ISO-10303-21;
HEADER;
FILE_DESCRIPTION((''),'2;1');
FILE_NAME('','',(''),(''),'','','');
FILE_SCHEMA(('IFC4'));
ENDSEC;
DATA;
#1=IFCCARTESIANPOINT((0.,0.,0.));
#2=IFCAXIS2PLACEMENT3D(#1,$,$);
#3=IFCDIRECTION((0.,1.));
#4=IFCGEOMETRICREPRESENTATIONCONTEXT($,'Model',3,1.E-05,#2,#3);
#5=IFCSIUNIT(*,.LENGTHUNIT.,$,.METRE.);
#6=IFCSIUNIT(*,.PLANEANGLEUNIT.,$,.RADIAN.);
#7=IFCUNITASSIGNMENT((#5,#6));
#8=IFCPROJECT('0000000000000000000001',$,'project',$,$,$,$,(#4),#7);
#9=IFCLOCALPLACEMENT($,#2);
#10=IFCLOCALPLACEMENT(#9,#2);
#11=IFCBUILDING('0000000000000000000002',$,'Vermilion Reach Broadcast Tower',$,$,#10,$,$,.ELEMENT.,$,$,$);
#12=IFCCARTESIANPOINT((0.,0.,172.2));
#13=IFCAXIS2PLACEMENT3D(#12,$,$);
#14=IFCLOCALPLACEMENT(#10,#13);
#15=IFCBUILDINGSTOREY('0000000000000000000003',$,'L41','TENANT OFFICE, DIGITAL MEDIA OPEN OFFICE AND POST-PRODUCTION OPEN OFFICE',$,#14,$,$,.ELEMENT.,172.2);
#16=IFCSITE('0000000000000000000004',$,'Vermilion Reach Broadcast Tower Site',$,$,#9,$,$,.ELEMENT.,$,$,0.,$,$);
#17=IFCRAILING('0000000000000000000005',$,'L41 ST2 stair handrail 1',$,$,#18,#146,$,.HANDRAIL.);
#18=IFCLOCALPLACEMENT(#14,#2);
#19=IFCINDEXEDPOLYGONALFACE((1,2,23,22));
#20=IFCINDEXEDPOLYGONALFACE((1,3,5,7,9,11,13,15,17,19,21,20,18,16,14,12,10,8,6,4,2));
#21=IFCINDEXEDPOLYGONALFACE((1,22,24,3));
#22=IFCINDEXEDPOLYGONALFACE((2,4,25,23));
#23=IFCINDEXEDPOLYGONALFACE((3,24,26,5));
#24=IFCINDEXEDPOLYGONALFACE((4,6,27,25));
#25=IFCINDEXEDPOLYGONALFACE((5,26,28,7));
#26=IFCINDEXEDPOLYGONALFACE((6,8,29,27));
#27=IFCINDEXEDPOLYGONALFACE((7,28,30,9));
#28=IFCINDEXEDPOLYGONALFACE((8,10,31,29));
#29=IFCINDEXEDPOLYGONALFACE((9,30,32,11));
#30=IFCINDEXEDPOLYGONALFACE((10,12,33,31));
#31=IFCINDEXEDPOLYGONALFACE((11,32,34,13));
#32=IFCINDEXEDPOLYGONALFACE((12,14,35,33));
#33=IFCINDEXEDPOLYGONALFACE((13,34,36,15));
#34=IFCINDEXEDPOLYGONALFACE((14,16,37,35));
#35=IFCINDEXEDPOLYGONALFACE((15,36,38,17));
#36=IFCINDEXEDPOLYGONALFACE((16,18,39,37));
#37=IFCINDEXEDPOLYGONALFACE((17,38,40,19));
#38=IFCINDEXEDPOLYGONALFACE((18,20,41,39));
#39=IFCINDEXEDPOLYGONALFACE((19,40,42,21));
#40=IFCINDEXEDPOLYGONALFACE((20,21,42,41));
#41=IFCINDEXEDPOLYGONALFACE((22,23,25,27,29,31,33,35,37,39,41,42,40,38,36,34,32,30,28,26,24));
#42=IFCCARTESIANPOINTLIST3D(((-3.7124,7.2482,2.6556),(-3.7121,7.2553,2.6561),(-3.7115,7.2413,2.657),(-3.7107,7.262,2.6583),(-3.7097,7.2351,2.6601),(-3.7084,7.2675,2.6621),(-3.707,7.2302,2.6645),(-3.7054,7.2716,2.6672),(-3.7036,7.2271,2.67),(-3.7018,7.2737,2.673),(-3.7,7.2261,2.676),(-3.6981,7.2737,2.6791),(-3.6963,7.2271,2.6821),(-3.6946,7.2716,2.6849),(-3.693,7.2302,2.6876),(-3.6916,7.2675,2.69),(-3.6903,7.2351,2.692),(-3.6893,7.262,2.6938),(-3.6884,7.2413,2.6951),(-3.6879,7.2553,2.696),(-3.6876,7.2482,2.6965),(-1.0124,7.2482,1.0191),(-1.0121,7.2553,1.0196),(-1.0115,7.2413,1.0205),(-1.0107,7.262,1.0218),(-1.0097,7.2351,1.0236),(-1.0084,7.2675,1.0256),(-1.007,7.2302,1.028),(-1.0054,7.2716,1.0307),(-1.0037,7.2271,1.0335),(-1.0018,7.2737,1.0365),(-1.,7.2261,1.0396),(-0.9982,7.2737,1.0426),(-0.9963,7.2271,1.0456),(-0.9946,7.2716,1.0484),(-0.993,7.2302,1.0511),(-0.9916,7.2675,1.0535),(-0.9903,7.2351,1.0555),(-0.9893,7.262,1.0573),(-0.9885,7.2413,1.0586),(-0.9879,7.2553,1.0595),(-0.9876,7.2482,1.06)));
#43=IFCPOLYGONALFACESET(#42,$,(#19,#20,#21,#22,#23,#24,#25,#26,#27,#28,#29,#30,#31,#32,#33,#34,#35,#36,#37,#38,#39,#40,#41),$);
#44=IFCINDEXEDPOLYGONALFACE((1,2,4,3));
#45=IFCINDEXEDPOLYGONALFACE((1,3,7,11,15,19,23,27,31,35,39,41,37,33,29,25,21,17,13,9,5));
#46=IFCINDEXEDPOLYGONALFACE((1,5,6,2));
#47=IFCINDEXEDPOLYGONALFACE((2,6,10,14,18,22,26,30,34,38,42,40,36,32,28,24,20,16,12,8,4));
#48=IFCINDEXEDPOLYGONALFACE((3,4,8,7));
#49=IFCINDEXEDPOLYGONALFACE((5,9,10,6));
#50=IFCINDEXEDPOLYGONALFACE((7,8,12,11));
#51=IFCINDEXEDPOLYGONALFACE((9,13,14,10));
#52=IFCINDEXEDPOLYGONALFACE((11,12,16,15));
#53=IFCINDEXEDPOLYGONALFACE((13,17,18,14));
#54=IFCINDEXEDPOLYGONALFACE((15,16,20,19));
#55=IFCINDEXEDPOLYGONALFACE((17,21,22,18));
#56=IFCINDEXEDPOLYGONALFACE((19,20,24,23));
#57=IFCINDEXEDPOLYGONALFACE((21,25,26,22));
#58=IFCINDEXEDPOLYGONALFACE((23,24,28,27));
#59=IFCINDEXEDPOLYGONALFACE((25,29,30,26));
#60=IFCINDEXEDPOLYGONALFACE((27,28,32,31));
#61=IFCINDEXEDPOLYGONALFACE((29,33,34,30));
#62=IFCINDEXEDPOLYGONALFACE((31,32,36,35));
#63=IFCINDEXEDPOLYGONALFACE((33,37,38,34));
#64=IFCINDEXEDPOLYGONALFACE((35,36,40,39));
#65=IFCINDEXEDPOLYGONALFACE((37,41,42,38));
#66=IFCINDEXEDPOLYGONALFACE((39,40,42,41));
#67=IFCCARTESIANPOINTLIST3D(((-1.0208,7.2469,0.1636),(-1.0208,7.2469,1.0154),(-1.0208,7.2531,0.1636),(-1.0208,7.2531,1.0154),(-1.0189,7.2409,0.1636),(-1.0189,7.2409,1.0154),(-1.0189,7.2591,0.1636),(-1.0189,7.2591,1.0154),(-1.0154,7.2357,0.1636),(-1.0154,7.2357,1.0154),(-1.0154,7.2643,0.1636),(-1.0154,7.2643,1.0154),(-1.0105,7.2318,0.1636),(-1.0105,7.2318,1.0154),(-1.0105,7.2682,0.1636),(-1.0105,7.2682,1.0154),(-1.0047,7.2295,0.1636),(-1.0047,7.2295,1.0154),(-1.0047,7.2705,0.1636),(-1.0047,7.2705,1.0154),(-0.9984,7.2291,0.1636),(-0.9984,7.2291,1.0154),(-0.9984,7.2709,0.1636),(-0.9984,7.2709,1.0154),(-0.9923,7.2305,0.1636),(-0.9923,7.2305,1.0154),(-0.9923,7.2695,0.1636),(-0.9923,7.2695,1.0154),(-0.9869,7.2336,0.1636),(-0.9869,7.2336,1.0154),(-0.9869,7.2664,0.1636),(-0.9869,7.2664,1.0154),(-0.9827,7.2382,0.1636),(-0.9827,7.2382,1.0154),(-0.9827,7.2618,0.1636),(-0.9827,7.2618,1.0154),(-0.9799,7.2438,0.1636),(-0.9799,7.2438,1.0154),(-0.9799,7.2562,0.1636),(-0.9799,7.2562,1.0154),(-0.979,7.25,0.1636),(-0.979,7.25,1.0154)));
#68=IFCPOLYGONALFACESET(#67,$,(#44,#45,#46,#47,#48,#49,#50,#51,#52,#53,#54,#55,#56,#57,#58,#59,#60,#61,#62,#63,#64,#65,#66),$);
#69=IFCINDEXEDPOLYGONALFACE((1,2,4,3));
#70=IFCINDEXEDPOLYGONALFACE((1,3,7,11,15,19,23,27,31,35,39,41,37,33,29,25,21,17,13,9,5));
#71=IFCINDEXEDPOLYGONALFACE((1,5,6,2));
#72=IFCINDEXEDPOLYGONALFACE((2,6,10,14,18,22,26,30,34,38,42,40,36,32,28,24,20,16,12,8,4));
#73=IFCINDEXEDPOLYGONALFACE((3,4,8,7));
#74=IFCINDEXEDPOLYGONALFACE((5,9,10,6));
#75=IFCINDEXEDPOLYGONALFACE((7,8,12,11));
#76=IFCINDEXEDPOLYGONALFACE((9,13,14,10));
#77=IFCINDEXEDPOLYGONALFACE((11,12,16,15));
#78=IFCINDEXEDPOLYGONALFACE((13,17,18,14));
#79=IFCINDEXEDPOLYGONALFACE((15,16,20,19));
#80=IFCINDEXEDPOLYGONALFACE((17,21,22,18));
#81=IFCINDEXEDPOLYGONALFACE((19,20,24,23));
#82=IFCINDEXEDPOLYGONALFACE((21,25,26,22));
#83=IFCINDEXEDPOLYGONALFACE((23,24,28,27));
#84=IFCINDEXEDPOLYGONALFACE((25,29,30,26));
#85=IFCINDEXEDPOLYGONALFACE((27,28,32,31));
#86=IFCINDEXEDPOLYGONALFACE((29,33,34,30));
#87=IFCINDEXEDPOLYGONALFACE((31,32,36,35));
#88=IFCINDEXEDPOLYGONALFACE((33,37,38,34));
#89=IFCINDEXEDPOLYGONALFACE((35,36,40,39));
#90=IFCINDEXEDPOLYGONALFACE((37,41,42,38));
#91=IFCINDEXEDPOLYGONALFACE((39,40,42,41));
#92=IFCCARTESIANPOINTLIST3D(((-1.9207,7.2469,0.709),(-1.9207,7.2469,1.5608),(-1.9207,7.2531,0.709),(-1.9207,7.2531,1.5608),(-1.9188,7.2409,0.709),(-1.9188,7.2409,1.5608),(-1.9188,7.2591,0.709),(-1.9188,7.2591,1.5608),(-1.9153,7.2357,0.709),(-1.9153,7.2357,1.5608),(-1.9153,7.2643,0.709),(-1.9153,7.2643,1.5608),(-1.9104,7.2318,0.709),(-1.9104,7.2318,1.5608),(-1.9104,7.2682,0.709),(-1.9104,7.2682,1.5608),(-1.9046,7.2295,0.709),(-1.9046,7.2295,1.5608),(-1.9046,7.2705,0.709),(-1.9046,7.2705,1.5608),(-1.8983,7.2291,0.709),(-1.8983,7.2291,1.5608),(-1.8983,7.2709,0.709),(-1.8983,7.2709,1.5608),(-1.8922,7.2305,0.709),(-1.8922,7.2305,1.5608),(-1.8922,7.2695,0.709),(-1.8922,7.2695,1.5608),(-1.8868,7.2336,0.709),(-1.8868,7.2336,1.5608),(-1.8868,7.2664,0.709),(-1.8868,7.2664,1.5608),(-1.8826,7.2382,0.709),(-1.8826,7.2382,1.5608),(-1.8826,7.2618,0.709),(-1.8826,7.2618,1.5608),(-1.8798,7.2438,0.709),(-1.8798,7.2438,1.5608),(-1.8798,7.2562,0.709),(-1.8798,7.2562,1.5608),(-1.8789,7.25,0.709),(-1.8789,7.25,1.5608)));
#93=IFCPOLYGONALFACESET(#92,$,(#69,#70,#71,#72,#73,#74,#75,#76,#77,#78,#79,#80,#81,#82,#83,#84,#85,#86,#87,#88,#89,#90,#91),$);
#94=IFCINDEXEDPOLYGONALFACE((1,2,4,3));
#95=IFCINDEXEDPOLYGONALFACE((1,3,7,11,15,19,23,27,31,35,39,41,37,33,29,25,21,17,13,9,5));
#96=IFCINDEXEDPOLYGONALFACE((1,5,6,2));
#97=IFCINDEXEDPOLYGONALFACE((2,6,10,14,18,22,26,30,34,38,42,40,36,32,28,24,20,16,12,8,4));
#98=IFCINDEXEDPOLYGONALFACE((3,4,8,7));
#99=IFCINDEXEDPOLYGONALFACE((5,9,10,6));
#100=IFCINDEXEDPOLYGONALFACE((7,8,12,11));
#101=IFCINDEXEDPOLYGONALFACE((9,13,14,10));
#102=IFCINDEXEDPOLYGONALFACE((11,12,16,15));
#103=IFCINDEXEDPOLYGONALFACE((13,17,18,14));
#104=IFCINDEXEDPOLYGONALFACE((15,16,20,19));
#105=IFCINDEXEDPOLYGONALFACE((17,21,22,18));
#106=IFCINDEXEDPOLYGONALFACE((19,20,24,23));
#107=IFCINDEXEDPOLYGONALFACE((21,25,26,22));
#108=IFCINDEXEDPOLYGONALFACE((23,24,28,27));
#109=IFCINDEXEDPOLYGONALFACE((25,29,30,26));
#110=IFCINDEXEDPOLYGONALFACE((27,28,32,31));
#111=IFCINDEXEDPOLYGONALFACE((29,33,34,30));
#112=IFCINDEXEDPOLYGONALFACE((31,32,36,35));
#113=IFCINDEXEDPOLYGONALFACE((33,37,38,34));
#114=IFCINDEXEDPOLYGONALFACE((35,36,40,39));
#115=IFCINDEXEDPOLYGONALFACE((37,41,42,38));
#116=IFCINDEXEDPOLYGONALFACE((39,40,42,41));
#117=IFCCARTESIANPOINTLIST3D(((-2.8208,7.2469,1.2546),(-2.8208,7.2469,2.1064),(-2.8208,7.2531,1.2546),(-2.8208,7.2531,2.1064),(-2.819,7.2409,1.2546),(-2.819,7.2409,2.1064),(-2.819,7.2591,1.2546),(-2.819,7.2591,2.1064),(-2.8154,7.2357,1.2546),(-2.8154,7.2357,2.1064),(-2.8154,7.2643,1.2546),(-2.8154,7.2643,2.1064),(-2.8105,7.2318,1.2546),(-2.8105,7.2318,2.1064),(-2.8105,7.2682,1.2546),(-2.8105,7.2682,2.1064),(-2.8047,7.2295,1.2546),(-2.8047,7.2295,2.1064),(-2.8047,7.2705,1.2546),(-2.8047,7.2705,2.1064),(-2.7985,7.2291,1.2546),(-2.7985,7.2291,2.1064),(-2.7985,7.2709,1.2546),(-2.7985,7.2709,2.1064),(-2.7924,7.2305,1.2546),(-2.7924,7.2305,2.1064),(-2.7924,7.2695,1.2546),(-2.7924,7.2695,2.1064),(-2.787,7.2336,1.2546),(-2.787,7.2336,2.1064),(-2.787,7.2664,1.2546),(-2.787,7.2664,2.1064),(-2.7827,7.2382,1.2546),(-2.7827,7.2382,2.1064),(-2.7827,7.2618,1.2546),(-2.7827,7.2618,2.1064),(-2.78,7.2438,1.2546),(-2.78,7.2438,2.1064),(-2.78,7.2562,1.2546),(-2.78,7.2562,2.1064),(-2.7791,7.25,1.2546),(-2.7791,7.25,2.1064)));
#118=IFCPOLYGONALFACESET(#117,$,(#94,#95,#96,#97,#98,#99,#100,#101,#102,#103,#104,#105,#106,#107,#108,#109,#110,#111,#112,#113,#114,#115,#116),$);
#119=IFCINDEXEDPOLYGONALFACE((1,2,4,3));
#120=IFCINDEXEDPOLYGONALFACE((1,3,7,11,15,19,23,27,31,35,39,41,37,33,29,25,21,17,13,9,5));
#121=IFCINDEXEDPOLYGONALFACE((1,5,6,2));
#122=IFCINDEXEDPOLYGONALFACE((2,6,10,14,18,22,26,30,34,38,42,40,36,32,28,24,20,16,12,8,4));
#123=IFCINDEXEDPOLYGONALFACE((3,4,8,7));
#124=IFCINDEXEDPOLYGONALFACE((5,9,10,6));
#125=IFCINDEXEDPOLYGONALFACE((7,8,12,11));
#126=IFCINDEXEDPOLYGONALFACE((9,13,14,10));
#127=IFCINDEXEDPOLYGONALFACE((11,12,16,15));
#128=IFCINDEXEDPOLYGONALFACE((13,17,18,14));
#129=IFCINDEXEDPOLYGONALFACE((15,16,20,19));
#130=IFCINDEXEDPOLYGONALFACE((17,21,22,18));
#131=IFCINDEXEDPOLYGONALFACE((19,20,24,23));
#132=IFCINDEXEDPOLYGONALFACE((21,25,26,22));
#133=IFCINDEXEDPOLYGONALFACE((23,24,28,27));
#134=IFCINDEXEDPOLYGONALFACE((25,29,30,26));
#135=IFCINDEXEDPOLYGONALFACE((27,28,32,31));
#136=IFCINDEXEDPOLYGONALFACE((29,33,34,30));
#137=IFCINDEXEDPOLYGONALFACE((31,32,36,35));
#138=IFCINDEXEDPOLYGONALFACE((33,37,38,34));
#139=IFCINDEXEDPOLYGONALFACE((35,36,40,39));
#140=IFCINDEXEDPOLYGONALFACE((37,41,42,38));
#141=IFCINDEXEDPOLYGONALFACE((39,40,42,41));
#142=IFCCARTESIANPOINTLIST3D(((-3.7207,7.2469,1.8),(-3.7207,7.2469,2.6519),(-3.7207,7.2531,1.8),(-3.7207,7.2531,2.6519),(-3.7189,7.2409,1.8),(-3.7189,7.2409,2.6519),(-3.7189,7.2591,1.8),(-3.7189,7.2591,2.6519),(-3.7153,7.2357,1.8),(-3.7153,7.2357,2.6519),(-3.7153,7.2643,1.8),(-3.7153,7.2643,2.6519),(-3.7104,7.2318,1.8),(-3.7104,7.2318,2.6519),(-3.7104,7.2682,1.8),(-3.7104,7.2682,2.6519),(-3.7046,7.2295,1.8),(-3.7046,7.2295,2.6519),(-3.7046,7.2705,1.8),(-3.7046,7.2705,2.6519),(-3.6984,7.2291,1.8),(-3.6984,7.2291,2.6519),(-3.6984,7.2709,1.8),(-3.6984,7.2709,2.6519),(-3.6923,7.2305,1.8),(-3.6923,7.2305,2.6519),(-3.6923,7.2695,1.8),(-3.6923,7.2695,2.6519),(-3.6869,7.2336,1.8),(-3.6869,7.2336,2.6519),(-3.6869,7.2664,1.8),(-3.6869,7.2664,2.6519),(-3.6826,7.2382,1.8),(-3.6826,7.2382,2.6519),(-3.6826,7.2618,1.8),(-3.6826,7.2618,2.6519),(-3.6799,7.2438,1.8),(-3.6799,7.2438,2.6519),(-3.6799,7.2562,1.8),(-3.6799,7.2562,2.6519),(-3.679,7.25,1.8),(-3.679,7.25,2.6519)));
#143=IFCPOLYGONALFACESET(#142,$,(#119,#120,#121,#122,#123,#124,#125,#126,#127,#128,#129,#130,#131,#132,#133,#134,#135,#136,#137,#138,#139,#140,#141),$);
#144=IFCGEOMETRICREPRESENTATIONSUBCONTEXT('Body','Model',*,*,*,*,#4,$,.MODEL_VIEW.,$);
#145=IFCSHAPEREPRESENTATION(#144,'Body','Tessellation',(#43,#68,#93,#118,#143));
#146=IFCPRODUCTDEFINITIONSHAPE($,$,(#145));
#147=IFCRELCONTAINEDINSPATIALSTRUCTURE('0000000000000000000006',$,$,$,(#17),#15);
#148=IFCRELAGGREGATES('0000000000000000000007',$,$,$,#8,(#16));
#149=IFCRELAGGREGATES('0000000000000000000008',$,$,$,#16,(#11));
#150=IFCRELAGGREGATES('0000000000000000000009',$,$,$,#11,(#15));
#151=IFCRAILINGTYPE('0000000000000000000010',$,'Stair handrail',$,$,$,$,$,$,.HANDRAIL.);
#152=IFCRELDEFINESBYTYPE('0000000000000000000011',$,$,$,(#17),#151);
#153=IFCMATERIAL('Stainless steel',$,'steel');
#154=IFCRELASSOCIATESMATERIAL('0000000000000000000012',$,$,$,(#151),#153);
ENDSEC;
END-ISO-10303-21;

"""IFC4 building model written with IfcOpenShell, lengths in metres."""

from ifc_helpers import new_model, si_unit, direction, frame, origin, origin_2d, place, context, subcontext, project, spatial, circle, extrude, material, type_object, element, save


model = new_model("IFC4")

# Units and contexts
model_context = context("Model", 3, precision=1e-05, world=origin(), true_north=direction((0.0, 1.0)))
body_context = subcontext(model_context, "Body", "Model", "MODEL_VIEW")
ifc_project = project(units=[si_unit("LENGTHUNIT", "METRE"), si_unit("PLANEANGLEUNIT", "RADIAN")], contexts=[model_context])

# Site, building, storey
site_placement = place(None, origin())
site = spatial("IfcSite", under=ifc_project, at=site_placement, Name="Vermilion Reach Broadcast Tower Site", CompositionType="ELEMENT", RefElevation=0.0)
building_placement = place(site_placement, origin())
building = spatial("IfcBuilding", under=site, at=building_placement, Name="Vermilion Reach Broadcast Tower", CompositionType="ELEMENT")
storey_placement = place(building_placement, frame((0.0, 0.0, 172.2)))
storey = spatial("IfcBuildingStorey", under=building, at=storey_placement, Name="L41", Description="TENANT OFFICE, DIGITAL MEDIA OPEN OFFICE AND POST-PRODUCTION OPEN OFFICE", CompositionType="ELEMENT", Elevation=172.2)

# Railing
ifc_material_1 = material(Name="Stainless steel", Category="steel")
railing_type_1 = type_object("IfcRailingType", Name="Stair handrail", PredefinedType="HANDRAIL", material=ifc_material_1)
railing_1_placement = place(storey_placement, frame((-1.0, 7.25, 0.1636)))
element("IfcRailing", 1, at=railing_1_placement, inside=storey, type_object=railing_type_1, Name="L41 ST2 stair handrail 1", PredefinedType="HANDRAIL", context=body_context, shape_type="SweptSolid", body=[
    extrude(circle(Radius=0.0239, at=origin_2d()), frame((0.0, 0.0, 0.876), z_axis=(-0.855178, 0.0, 0.518334), x_axis=(0.0, -1.0, 0.0)), (0.0, 0.0, 1.0), 3.1572),
    extrude(circle(Radius=0.021, at=origin_2d()), origin(), (0.0, 0.0, 1.0), 0.8518),
    extrude(circle(Radius=0.021, at=origin_2d()), frame((-0.8999, 0.0, 0.5454)), (0.0, 0.0, 1.0), 0.8518),
    extrude(circle(Radius=0.021, at=origin_2d()), frame((-1.8, 0.0, 1.0911)), (0.0, 0.0, 1.0), 0.8518),
    extrude(circle(Radius=0.021, at=origin_2d()), frame((-2.7, 0.0, 1.6365)), (0.0, 0.0, 1.0), 0.8518),
])

save(model, "model.ifc")
